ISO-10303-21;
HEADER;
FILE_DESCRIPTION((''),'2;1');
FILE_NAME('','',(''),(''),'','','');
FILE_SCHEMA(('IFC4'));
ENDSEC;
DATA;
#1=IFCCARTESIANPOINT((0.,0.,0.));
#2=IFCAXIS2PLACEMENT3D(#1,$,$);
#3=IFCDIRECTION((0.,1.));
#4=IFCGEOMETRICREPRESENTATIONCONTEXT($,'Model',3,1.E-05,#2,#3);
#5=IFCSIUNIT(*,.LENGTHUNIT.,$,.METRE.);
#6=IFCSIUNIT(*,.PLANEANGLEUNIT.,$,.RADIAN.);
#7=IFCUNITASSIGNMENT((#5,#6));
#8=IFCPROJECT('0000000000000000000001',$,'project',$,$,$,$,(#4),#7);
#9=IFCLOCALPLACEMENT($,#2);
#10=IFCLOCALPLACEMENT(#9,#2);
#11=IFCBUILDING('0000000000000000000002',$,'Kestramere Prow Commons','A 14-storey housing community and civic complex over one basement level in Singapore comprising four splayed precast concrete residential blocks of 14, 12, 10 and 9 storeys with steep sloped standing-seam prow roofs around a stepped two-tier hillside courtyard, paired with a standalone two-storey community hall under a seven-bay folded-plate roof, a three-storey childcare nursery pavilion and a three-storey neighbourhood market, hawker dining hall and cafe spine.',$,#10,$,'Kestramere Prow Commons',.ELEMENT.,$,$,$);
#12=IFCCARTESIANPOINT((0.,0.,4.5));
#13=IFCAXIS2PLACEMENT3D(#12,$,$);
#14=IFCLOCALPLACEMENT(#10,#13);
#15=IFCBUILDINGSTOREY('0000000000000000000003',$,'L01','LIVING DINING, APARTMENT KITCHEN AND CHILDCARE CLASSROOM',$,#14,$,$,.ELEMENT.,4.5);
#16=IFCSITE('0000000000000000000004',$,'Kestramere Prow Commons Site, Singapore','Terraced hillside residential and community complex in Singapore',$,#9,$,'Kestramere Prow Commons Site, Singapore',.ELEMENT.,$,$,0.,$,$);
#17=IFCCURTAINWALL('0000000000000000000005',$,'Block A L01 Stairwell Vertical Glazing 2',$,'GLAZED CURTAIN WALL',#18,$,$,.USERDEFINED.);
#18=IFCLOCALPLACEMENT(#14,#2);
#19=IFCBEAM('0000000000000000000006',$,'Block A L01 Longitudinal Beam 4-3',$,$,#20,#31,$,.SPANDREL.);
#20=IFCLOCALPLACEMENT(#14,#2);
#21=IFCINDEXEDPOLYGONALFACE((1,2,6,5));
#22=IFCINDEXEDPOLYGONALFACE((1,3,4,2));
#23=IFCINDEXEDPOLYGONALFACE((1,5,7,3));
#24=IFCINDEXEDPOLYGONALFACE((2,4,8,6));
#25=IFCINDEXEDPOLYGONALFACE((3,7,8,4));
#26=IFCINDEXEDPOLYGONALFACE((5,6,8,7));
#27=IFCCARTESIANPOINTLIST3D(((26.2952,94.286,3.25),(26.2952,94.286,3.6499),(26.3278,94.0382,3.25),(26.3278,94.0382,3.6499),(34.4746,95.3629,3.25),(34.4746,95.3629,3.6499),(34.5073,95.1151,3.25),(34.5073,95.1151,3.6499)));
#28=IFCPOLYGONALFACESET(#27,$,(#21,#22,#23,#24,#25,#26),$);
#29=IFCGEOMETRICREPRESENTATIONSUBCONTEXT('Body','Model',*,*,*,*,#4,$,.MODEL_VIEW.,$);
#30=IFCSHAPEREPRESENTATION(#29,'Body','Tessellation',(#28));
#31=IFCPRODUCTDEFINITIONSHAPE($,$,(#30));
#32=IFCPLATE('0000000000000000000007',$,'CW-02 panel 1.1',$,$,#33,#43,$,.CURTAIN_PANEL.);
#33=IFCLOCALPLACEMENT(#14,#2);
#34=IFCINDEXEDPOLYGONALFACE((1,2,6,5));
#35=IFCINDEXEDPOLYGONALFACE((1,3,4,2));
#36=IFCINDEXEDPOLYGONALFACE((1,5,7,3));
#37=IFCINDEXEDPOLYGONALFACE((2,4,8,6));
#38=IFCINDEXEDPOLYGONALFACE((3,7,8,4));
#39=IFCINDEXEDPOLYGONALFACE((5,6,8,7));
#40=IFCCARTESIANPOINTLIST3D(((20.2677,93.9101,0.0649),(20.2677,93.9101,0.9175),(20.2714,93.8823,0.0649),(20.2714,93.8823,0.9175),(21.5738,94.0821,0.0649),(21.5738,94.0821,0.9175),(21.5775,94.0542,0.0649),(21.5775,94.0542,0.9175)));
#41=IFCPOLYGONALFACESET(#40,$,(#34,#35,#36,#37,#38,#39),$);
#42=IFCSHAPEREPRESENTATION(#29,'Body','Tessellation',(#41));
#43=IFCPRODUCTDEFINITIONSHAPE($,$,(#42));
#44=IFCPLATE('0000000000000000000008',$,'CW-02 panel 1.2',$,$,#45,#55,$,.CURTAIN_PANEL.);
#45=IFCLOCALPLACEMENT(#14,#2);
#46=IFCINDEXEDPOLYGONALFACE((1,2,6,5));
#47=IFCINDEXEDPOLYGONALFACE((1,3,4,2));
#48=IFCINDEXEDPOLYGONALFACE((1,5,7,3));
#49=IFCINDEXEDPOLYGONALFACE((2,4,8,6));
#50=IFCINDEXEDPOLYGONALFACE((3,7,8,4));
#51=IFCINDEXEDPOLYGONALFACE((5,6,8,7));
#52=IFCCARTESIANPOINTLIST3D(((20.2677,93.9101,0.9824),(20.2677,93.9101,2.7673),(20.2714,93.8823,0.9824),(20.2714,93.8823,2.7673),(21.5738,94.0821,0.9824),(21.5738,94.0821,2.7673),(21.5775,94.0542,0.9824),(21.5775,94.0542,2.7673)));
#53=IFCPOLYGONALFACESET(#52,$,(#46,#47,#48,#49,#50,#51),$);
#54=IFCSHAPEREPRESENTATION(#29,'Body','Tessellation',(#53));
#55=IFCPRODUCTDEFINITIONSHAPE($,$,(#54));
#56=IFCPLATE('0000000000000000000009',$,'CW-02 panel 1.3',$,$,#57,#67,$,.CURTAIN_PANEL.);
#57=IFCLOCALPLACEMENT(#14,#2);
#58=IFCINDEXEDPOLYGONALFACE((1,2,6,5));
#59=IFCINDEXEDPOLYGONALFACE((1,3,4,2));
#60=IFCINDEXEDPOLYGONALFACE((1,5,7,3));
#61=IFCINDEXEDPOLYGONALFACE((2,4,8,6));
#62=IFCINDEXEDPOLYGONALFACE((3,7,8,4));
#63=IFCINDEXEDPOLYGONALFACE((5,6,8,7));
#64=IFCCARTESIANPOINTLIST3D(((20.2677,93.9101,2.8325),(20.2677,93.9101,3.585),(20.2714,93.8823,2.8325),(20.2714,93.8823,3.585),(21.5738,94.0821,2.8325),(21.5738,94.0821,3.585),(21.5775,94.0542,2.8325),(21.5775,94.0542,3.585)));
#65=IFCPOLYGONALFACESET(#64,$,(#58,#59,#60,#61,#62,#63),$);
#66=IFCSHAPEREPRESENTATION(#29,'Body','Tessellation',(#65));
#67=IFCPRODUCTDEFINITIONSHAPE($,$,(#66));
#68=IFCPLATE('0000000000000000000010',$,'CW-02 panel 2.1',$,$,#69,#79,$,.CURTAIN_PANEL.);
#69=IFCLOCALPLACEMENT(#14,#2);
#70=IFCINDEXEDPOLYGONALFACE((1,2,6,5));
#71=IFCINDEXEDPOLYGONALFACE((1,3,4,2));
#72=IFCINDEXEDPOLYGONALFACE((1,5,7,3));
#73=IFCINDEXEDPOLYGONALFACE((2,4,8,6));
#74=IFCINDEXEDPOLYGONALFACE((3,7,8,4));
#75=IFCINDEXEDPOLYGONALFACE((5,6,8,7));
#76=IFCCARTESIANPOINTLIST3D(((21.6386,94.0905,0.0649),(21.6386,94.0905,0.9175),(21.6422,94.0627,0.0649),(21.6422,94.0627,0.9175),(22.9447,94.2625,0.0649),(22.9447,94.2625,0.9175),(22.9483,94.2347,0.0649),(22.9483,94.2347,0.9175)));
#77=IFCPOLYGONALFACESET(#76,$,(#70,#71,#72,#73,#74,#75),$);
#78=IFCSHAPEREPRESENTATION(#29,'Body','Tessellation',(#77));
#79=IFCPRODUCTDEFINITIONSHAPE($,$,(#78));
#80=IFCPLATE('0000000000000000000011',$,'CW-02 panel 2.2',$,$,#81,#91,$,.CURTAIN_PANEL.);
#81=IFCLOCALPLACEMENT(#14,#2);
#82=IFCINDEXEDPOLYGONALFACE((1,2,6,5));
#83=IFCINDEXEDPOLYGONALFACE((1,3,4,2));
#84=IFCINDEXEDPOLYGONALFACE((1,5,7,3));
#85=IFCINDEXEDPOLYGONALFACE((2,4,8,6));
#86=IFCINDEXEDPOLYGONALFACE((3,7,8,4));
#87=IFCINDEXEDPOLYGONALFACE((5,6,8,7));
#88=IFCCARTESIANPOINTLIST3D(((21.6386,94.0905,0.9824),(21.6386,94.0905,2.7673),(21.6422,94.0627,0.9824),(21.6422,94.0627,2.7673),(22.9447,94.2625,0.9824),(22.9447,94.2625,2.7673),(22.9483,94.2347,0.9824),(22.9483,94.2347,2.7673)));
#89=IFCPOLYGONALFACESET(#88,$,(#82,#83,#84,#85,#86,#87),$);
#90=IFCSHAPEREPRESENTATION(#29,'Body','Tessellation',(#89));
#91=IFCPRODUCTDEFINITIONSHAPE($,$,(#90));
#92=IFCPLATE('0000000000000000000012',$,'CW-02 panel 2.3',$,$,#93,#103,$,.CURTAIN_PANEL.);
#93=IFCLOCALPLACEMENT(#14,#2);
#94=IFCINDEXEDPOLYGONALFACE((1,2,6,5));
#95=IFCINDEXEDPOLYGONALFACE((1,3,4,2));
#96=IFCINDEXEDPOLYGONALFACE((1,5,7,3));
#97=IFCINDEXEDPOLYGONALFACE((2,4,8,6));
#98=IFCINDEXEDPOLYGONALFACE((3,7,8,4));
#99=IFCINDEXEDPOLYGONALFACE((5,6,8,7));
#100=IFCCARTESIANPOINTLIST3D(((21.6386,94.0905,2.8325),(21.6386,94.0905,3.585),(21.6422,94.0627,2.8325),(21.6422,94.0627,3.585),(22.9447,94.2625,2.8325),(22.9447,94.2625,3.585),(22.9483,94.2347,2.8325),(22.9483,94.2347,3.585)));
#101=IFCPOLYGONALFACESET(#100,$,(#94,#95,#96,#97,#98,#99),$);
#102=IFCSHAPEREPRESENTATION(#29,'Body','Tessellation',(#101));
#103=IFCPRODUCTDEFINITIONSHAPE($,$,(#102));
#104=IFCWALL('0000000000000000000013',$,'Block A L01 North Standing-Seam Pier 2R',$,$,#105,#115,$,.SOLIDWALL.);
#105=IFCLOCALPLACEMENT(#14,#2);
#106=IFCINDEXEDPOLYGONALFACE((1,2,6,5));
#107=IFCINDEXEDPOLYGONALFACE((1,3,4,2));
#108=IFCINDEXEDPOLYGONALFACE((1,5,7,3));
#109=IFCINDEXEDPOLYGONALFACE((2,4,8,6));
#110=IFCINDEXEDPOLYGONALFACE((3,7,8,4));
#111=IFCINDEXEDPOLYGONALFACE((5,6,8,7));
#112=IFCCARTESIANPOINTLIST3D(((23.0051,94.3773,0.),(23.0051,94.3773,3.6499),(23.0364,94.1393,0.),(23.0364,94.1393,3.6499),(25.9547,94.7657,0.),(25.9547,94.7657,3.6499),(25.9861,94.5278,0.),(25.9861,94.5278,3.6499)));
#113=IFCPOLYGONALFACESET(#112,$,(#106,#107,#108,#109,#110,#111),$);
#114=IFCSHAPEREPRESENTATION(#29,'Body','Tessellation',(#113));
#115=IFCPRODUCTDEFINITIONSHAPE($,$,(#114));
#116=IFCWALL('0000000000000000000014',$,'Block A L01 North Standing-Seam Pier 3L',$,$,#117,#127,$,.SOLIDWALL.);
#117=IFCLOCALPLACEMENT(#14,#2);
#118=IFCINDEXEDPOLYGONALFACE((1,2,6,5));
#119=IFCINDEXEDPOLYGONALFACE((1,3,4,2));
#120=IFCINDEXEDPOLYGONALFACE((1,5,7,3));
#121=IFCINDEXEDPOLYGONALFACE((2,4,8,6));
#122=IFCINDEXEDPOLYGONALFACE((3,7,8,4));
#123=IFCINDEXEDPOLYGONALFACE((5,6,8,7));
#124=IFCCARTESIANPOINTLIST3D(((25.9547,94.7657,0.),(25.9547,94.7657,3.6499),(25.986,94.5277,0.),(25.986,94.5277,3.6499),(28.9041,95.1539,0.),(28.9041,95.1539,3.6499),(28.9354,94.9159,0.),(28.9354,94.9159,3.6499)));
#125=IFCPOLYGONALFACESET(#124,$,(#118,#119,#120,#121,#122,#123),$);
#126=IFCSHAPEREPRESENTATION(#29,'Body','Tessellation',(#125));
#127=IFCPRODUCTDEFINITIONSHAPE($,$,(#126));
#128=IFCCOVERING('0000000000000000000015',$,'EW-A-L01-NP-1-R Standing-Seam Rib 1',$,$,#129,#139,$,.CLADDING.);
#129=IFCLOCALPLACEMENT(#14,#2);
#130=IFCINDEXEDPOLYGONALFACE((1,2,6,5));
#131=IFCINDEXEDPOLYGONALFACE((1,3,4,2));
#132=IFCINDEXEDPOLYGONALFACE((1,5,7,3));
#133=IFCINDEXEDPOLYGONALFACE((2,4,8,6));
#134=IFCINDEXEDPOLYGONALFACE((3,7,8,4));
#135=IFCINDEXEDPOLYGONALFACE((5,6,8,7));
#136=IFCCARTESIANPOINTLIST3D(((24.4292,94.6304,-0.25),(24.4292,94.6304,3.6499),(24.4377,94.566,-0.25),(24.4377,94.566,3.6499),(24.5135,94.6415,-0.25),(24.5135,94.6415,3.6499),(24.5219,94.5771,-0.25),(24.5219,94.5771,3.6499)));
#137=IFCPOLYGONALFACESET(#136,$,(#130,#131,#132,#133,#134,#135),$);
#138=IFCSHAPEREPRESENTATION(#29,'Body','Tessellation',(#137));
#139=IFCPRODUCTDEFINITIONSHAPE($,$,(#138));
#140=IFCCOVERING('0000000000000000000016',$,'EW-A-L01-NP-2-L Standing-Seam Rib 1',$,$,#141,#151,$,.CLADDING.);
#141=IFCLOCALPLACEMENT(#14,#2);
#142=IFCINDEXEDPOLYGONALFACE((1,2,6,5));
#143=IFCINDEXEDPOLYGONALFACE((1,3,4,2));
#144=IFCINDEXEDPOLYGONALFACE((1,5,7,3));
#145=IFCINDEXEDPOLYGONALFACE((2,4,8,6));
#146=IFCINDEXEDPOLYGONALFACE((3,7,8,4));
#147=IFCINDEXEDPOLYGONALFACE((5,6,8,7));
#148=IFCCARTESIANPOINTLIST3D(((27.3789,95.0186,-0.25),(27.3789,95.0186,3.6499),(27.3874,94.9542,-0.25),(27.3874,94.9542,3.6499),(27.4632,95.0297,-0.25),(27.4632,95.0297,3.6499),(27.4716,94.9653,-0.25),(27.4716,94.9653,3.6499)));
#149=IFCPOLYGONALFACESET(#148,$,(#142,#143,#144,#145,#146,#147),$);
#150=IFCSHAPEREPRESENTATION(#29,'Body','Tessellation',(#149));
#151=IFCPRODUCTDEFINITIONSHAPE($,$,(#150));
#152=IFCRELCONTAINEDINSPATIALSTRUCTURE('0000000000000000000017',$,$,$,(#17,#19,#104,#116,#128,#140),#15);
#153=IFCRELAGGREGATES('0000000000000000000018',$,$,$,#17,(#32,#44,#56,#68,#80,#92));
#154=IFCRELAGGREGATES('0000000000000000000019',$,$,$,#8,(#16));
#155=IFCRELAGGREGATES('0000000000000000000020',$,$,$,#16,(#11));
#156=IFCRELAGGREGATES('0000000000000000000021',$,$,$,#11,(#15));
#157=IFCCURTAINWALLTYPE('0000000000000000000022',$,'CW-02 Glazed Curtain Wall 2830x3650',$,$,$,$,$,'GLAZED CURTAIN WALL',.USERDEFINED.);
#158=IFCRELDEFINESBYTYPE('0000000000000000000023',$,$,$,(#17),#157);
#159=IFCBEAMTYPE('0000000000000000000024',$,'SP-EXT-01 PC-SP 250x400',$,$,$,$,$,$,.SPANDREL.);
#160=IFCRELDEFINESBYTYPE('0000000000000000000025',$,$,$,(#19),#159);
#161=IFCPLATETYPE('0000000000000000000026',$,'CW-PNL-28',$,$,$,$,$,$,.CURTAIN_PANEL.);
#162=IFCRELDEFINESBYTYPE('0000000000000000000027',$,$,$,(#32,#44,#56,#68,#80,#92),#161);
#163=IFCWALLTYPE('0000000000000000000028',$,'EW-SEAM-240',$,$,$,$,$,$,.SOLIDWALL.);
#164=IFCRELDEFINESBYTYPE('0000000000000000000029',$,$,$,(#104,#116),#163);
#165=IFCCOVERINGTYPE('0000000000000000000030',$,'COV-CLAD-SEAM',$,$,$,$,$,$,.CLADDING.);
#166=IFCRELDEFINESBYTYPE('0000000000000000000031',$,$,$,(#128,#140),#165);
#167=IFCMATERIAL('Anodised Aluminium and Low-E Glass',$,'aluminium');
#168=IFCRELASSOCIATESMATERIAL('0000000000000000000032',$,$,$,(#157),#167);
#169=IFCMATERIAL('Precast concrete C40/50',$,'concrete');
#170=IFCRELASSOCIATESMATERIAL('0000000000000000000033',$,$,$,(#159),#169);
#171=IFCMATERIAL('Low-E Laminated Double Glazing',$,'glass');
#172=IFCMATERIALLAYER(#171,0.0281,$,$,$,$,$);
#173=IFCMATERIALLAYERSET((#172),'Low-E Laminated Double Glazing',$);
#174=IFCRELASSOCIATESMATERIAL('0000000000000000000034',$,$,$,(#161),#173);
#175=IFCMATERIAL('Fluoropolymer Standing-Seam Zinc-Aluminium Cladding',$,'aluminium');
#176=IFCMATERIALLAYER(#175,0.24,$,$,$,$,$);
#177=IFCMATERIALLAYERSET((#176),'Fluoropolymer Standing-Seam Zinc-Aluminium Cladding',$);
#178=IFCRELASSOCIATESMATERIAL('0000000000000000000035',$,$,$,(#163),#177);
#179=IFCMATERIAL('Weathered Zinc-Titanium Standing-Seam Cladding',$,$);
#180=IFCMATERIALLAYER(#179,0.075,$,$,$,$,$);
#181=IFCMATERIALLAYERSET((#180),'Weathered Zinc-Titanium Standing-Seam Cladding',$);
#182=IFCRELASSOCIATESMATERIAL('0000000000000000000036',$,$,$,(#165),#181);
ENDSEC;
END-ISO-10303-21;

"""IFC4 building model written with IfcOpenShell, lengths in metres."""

from ifc_helpers import new_model, si_unit, direction, frame, frame_2d, origin, origin_2d, place, context, subcontext, project, spatial, rectangle, extrude, material, layer, layer_set, material_profile, profile_set, type_object, element, aggregate, save


model = new_model("IFC4")

# Units and contexts
model_context = context("Model", 3, precision=1e-05, world=origin(), true_north=direction((0.0, 1.0)))
body_context = subcontext(model_context, "Body", "Model", "MODEL_VIEW")
ifc_project = project(units=[si_unit("LENGTHUNIT", "METRE"), si_unit("PLANEANGLEUNIT", "RADIAN")], contexts=[model_context])

# Site, building, storey
site_placement = place(None, origin())
site = spatial("IfcSite", under=ifc_project, at=site_placement, Name="Kestramere Prow Commons Site, Singapore", Description="Terraced hillside residential and community complex in Singapore", LongName="Kestramere Prow Commons Site, Singapore", CompositionType="ELEMENT", RefElevation=0.0)
building_placement = place(site_placement, origin())
building = spatial("IfcBuilding", under=site, at=building_placement, Name="Kestramere Prow Commons", Description="A 14-storey housing community and civic complex over one basement level in Singapore comprising four splayed precast concrete residential blocks of 14, 12, 10 and 9 storeys with steep sloped standing-seam prow roofs around a stepped two-tier hillside courtyard, paired with a standalone two-storey community hall under a seven-bay folded-plate roof, a three-storey childcare nursery pavilion and a three-storey neighbourhood market, hawker dining hall and cafe spine.", LongName="Kestramere Prow Commons", CompositionType="ELEMENT")
storey_placement = place(building_placement, frame((0.0, 0.0, 4.5)))
storey = spatial("IfcBuildingStorey", under=building, at=storey_placement, Name="L01", Description="LIVING DINING, APARTMENT KITCHEN AND CHILDCARE CLASSROOM", CompositionType="ELEMENT", Elevation=4.5)

# Shared definitions
ifc_material_1 = material(Name="Precast concrete C40/50", Category="concrete")

# Curtain wall
ifc_material_2 = material(Name="Anodised Aluminium and Low-E Glass", Category="aluminium")
curtain_wall_type = type_object("IfcCurtainWallType", Name="CW-02 Glazed Curtain Wall 2830x3650", ElementType="GLAZED CURTAIN WALL", PredefinedType="USERDEFINED", material=ifc_material_2)
curtain_wall_1_placement = place(storey_placement, origin())
curtain_wall_1 = element("IfcCurtainWall", 1, at=curtain_wall_1_placement, inside=storey, type_object=curtain_wall_type, Name="Block A L01 Stairwell Vertical Glazing 2", ObjectType="GLAZED CURTAIN WALL", PredefinedType="USERDEFINED")

# Beam
ifc_material_profile_1 = material_profile(ifc_material_1, rectangle(XDim=0.25, YDim=0.3999, at=origin_2d()), Name="PC-SP 250x400")
ifc_profile_set_1 = profile_set([ifc_material_profile_1], Name="Precast concrete C40/50")
beam_type = type_object("IfcBeamType", Name="SP-EXT-01 PC-SP 250x400", PredefinedType="SPANDREL", material=ifc_profile_set_1)
beam_placement = place(storey_placement, frame((26.3115, 94.1621, 3.45), z_axis=(0.991444, 0.130533, 0.0), x_axis=(-0.130533, 0.991444, 0.0)))
element("IfcBeam", 2, at=beam_placement, inside=storey, type_object=beam_type, Name="Block A L01 Longitudinal Beam 4-3", PredefinedType="SPANDREL", context=body_context, shape_type="SweptSolid", body=[
    extrude(rectangle(XDim=0.25, YDim=0.3999, at=origin_2d()), origin(), (0.0, 0.0, 1.0), 8.25),
])

# Plates
ifc_material_3 = material(Name="Low-E Laminated Double Glazing", Category="glass")
ifc_layer_1 = layer(ifc_material_3, 0.0281)
ifc_layer_set_1 = layer_set([ifc_layer_1], Name="Low-E Laminated Double Glazing")
plate_type = type_object("IfcPlateType", Name="CW-PNL-28", PredefinedType="CURTAIN_PANEL", material=ifc_layer_set_1)
plate_1_placement = place(storey_placement, frame((20.9226, 93.9822, 0.0649), z_axis=(0.0, 0.0, 1.0), x_axis=(0.991445, 0.130526, 0.0)))
plate_1 = element("IfcPlate", 3, at=plate_1_placement, type_object=plate_type, Name="CW-02 panel 1.1", PredefinedType="CURTAIN_PANEL", context=body_context, shape_type="SweptSolid", body=[
    extrude(rectangle(XDim=1.3174, YDim=0.0281, at=origin_2d()), origin(), (0.0, 0.0, 1.0), 0.8525),
])
plate_2_placement = place(storey_placement, frame((20.9226, 93.9822, 0.9824), z_axis=(0.0, 0.0, 1.0), x_axis=(0.991445, 0.130526, 0.0)))
plate_2 = element("IfcPlate", 4, at=plate_2_placement, type_object=plate_type, Name="CW-02 panel 1.2", PredefinedType="CURTAIN_PANEL", context=body_context, shape_type="SweptSolid", body=[
    extrude(rectangle(XDim=1.3174, YDim=0.0281, at=origin_2d()), origin(), (0.0, 0.0, 1.0), 1.7849),
])
plate_3_placement = place(storey_placement, frame((20.9226, 93.9822, 2.8325), z_axis=(0.0, 0.0, 1.0), x_axis=(0.991445, 0.130526, 0.0)))
plate_3 = element("IfcPlate", 5, at=plate_3_placement, type_object=plate_type, Name="CW-02 panel 1.3", PredefinedType="CURTAIN_PANEL", context=body_context, shape_type="SweptSolid", body=[
    extrude(rectangle(XDim=1.3174, YDim=0.0281, at=origin_2d()), origin(), (0.0, 0.0, 1.0), 0.7524),
])
plate_4_placement = place(storey_placement, frame((22.2935, 94.1626, 0.0649), z_axis=(0.0, 0.0, 1.0), x_axis=(0.991445, 0.130526, 0.0)))
plate_4 = element("IfcPlate", 6, at=plate_4_placement, type_object=plate_type, Name="CW-02 panel 2.1", PredefinedType="CURTAIN_PANEL", context=body_context, shape_type="SweptSolid", body=[
    extrude(rectangle(XDim=1.3174, YDim=0.0281, at=origin_2d()), origin(), (0.0, 0.0, 1.0), 0.8525),
])
plate_5_placement = place(storey_placement, frame((22.2935, 94.1626, 0.9824), z_axis=(0.0, 0.0, 1.0), x_axis=(0.991445, 0.130526, 0.0)))
plate_5 = element("IfcPlate", 7, at=plate_5_placement, type_object=plate_type, Name="CW-02 panel 2.2", PredefinedType="CURTAIN_PANEL", context=body_context, shape_type="SweptSolid", body=[
    extrude(rectangle(XDim=1.3174, YDim=0.0281, at=origin_2d()), origin(), (0.0, 0.0, 1.0), 1.7849),
])
plate_6_placement = place(storey_placement, frame((22.2935, 94.1626, 2.8325), z_axis=(0.0, 0.0, 1.0), x_axis=(0.991445, 0.130526, 0.0)))
plate_6 = element("IfcPlate", 8, at=plate_6_placement, type_object=plate_type, Name="CW-02 panel 2.3", PredefinedType="CURTAIN_PANEL", context=body_context, shape_type="SweptSolid", body=[
    extrude(rectangle(XDim=1.3174, YDim=0.0281, at=origin_2d()), origin(), (0.0, 0.0, 1.0), 0.7524),
])
aggregate(curtain_wall_1, [plate_1, plate_2, plate_3, plate_4, plate_5, plate_6])

# Walls
ifc_material_4 = material(Name="Fluoropolymer Standing-Seam Zinc-Aluminium Cladding", Category="aluminium")
ifc_layer_2 = layer(ifc_material_4, 0.24)
ifc_layer_set_2 = layer_set([ifc_layer_2], Name="Fluoropolymer Standing-Seam Zinc-Aluminium Cladding")
wall_type = type_object("IfcWallType", Name="EW-SEAM-240", PredefinedType="SOLIDWALL", material=ifc_layer_set_2)
wall_1_placement = place(storey_placement, frame((23.0208, 94.2583, 0.0), z_axis=(0.0, 0.0, 1.0), x_axis=(0.991441, 0.130556, 0.0)))
element("IfcWall", 9, at=wall_1_placement, inside=storey, type_object=wall_type, Name="Block A L01 North Standing-Seam Pier 2R", PredefinedType="SOLIDWALL", context=body_context, shape_type="SweptSolid", body=[
    extrude(rectangle(XDim=2.9751, YDim=0.24, at=frame_2d((1.4875, 0.0))), origin(), (0.0, 0.0, 1.0), 3.6499),
])
wall_2_placement = place(storey_placement, frame((25.9705, 94.6467, 0.0), z_axis=(0.0, 0.0, 1.0), x_axis=(0.99145, 0.130486, 0.0)))
element("IfcWall", 10, at=wall_2_placement, inside=storey, type_object=wall_type, Name="Block A L01 North Standing-Seam Pier 3L", PredefinedType="SOLIDWALL", context=body_context, shape_type="SweptSolid", body=[
    extrude(rectangle(XDim=2.9749, YDim=0.24, at=frame_2d((1.4873, 0.0))), origin(), (0.0, 0.0, 1.0), 3.6499),
])

# Coverings
ifc_material_5 = material(Name="Weathered Zinc-Titanium Standing-Seam Cladding")
ifc_layer_3 = layer(ifc_material_5, 0.075)
ifc_layer_set_3 = layer_set([ifc_layer_3], Name="Weathered Zinc-Titanium Standing-Seam Cladding")
covering_type = type_object("IfcCoveringType", Name="COV-CLAD-SEAM", PredefinedType="CLADDING", material=ifc_layer_set_3)
for number, where, z_axis, x_axis, name in (
    (11, (24.4756, 94.6038, -0.25), (0.0, 0.0, 1.0), (0.991445, 0.130526, 0.0), "EW-A-L01-NP-1-R Standing-Seam Rib 1"),
    (12, (27.4253, 94.9919, -0.25), (0.0, 0.0, 1.0), (0.991445, 0.130526, 0.0), "EW-A-L01-NP-2-L Standing-Seam Rib 1"),
):
    element("IfcCovering", number, at=place(storey_placement, frame(where, z_axis=z_axis, x_axis=x_axis)), inside=storey, type_object=covering_type, Name=name, PredefinedType="CLADDING", context=body_context, shape_type="SweptSolid", body=[
        extrude(rectangle(XDim=0.085, YDim=0.0649, at=origin_2d()), origin(), (0.0, 0.0, 1.0), 3.8999),
    ])

save(model, "model.ifc")
